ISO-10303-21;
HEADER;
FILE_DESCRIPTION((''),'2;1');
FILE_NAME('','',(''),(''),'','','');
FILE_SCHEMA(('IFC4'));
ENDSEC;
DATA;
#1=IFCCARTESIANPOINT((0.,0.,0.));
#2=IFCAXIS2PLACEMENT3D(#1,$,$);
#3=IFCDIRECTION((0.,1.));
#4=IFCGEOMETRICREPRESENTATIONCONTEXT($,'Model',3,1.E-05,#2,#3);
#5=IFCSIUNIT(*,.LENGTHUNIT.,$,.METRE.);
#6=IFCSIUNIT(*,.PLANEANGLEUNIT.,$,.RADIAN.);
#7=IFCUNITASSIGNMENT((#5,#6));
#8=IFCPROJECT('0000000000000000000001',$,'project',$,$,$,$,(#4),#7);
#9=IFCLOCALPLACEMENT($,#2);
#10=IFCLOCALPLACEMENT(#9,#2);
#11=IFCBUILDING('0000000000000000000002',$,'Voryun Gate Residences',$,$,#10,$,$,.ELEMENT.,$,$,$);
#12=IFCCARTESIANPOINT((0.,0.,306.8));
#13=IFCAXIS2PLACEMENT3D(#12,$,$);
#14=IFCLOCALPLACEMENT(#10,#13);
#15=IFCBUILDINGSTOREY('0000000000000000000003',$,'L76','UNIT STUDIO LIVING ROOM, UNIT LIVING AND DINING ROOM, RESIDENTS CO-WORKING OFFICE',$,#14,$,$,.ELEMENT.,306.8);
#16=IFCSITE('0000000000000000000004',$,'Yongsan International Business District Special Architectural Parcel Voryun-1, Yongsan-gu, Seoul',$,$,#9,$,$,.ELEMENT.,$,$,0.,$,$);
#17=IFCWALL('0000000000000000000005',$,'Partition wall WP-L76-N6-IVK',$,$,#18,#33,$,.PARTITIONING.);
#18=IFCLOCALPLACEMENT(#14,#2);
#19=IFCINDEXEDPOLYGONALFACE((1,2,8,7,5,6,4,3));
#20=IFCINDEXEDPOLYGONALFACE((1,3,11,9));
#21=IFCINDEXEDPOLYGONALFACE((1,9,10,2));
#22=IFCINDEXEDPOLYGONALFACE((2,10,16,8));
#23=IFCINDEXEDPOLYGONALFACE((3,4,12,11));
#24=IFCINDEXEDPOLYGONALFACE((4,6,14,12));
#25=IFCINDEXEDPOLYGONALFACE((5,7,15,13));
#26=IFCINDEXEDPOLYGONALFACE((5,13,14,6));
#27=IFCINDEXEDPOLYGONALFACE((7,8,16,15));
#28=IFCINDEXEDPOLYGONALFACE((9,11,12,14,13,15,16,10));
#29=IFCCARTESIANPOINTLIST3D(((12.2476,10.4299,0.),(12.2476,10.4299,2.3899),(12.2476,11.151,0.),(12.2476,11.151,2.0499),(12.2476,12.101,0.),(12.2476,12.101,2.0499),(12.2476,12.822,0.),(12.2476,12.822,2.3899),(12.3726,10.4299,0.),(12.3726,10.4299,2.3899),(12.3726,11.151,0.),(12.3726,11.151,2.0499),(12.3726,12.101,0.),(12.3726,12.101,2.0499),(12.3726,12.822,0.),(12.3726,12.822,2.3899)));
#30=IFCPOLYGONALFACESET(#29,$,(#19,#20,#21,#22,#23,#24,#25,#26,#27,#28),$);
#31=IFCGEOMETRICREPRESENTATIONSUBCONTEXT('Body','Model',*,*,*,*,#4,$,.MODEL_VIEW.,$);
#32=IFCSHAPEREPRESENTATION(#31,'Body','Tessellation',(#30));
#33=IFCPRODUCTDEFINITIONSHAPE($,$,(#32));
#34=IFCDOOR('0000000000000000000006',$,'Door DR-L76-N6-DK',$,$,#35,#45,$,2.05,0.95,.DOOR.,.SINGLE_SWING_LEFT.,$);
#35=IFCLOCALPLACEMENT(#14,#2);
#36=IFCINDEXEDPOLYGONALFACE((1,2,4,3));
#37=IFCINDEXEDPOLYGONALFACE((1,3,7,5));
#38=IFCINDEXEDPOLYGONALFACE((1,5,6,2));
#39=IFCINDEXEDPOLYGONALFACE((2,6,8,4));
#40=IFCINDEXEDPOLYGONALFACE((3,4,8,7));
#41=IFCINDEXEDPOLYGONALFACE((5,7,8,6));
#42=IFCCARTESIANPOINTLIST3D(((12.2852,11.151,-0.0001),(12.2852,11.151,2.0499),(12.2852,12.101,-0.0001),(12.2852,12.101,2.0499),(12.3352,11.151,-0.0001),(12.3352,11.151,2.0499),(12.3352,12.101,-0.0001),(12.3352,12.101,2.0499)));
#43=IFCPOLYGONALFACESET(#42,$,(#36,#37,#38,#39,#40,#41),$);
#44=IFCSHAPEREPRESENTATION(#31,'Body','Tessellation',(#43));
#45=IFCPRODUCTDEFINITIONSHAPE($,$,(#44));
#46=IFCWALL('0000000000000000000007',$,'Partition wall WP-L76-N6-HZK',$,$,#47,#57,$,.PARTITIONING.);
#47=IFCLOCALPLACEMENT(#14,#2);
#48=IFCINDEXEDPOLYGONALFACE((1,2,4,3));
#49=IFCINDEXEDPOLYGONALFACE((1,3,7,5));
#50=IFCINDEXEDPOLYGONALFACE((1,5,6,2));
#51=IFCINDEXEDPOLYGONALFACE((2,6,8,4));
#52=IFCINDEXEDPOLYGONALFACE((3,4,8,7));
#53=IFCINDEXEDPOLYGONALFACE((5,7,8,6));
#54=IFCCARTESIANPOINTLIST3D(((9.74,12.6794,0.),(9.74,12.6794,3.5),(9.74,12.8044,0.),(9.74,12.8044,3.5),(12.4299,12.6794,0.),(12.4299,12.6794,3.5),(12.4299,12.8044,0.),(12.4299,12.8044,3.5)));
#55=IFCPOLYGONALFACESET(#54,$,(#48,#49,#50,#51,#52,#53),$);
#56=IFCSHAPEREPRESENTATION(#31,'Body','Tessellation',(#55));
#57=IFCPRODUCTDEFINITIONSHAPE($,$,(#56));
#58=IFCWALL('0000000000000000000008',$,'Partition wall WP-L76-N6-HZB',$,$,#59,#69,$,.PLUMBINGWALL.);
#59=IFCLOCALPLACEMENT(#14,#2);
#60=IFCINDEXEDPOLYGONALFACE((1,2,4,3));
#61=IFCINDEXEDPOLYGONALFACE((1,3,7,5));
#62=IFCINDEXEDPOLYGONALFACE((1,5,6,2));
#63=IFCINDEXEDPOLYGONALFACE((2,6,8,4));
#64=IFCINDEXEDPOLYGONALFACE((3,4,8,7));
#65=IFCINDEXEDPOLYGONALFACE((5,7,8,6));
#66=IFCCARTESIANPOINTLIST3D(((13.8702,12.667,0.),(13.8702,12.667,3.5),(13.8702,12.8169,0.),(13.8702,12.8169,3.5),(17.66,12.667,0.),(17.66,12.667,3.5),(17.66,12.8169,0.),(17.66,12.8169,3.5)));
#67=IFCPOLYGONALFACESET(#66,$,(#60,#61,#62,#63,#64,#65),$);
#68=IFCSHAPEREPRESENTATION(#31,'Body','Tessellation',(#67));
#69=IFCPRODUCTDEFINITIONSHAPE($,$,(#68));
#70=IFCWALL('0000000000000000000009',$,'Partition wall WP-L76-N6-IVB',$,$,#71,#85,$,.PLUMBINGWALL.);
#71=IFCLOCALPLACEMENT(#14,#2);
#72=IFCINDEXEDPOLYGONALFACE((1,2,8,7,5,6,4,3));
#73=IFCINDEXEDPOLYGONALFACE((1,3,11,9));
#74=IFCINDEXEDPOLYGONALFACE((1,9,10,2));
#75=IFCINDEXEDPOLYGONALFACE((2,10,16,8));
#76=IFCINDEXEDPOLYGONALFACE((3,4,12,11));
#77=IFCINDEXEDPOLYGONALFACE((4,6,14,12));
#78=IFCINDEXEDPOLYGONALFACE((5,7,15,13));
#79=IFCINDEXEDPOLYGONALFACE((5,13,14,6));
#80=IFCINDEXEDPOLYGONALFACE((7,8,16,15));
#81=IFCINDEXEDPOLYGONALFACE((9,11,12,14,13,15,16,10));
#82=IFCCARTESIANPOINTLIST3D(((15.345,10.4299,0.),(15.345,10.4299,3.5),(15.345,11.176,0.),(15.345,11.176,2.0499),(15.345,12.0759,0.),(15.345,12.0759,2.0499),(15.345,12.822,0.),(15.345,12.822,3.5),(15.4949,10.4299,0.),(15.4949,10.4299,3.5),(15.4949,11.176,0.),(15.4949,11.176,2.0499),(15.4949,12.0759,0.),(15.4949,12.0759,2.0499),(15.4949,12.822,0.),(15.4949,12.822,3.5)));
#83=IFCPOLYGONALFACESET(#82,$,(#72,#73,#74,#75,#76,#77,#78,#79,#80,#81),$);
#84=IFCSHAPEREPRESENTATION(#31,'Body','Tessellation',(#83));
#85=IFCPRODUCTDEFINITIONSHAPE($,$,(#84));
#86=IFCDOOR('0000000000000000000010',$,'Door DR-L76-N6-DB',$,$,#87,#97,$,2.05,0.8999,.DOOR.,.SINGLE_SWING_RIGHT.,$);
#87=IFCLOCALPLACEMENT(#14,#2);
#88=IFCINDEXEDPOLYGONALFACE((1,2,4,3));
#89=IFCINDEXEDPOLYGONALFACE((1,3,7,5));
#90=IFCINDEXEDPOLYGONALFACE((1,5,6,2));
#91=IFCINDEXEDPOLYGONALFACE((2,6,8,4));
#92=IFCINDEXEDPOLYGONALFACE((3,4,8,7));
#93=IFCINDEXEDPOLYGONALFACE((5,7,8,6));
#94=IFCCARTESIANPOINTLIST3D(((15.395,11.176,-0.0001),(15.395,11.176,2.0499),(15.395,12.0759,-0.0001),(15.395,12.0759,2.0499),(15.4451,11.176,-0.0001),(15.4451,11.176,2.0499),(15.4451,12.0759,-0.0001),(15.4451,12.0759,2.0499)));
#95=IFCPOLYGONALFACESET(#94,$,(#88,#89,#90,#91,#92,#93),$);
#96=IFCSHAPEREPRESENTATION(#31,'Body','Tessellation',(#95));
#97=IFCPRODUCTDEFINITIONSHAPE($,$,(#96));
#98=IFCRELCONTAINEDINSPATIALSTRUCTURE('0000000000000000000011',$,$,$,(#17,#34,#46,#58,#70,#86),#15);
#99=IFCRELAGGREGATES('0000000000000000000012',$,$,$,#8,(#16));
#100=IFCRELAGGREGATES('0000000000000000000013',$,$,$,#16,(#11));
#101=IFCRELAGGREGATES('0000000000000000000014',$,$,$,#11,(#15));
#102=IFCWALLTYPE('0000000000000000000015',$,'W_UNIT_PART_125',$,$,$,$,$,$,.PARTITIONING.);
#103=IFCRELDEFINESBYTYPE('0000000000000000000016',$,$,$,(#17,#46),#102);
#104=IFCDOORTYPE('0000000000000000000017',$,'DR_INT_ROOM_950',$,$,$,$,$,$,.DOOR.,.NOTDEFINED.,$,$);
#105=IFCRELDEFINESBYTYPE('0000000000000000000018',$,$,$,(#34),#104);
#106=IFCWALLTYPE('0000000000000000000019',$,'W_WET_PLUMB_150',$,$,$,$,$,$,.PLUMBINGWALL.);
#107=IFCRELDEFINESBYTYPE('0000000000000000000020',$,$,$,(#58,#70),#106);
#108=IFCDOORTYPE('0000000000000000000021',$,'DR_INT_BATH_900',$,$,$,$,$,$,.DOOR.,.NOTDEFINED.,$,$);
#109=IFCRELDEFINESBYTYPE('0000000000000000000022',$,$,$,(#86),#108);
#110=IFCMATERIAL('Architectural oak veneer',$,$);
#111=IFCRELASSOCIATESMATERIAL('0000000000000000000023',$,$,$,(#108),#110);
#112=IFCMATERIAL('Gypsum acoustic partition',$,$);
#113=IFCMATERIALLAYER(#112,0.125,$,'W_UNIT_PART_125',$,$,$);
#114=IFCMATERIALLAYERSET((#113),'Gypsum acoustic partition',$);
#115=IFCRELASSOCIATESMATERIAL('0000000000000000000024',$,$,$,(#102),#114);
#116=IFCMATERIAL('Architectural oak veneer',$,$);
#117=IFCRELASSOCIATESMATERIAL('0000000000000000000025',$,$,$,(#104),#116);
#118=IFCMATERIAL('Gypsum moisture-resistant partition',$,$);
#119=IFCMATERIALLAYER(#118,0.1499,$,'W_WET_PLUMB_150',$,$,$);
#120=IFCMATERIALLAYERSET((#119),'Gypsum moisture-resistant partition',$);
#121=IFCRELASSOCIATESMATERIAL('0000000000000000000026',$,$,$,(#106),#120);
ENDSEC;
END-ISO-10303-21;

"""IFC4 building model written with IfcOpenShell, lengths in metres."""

from ifc_helpers import new_model, si_unit, direction, frame, frame_2d, origin, place, context, subcontext, project, spatial, rectangle, extrude, material, layer, layer_set, type_object, element, fill, save


model = new_model("IFC4")

# Units and contexts
model_context = context("Model", 3, precision=1e-05, world=origin(), true_north=direction((0.0, 1.0)))
body_context = subcontext(model_context, "Body", "Model", "MODEL_VIEW")
ifc_project = project(units=[si_unit("LENGTHUNIT", "METRE"), si_unit("PLANEANGLEUNIT", "RADIAN")], contexts=[model_context])

# Site, building, storey
site_placement = place(None, origin())
site = spatial("IfcSite", under=ifc_project, at=site_placement, Name="Yongsan International Business District Special Architectural Parcel Voryun-1, Yongsan-gu, Seoul", CompositionType="ELEMENT", RefElevation=0.0)
building_placement = place(site_placement, origin())
building = spatial("IfcBuilding", under=site, at=building_placement, Name="Voryun Gate Residences", CompositionType="ELEMENT")
storey_placement = place(building_placement, frame((0.0, 0.0, 306.8)))
storey = spatial("IfcBuildingStorey", under=building, at=storey_placement, Name="L76", Description="UNIT STUDIO LIVING ROOM, UNIT LIVING AND DINING ROOM, RESIDENTS CO-WORKING OFFICE", CompositionType="ELEMENT", Elevation=306.8)

# Shared definitions
ifc_material_1 = material(Name="Architectural oak veneer")
door_type_1 = type_object("IfcDoorType", Name="DR_INT_BATH_900", OperationType="NOTDEFINED", PredefinedType="DOOR", material=ifc_material_1)

# Wall, opening, door
ifc_material_2 = material(Name="Gypsum acoustic partition")
ifc_layer_1 = layer(ifc_material_2, 0.125, Name="W_UNIT_PART_125")
ifc_layer_set_1 = layer_set([ifc_layer_1], Name="Gypsum acoustic partition")
wall_type_1 = type_object("IfcWallType", Name="W_UNIT_PART_125", PredefinedType="PARTITIONING", material=ifc_layer_set_1)
wall_1_placement = place(storey_placement, frame((12.3101, 10.4299, 0.0), z_axis=(0.0, 0.0, 1.0), x_axis=(0.0, 1.0, 0.0)))
wall_1 = element("IfcWall", 1, at=wall_1_placement, inside=storey, type_object=wall_type_1, Name="Partition wall WP-L76-N6-IVK", PredefinedType="PARTITIONING", context=body_context, shape_type="SweptSolid", body=[
    extrude(rectangle(XDim=2.3921, YDim=0.125, at=frame_2d((1.196, 0.0))), origin(), (0.0, 0.0, 1.0), 2.3899),
])
opening_1_placement = place(wall_1_placement, frame((0.7209, 0.0, 0.0)))
opening_1 = element("IfcOpeningElement", 2, at=opening_1_placement, cuts=wall_1, PredefinedType="OPENING", context=body_context, shape_type="SweptSolid", body=[
    extrude(rectangle(XDim=0.95, YDim=2.05, at=frame_2d((0.4751, 1.0249))), frame((0.0, 0.0725, 0.0), z_axis=(0.0, -1.0, 0.0), x_axis=(1.0, 0.0, 0.0)), (0.0, 0.0, 1.0), 0.145),
])
ifc_material_3 = material(Name="Architectural oak veneer")
door_type_2 = type_object("IfcDoorType", Name="DR_INT_ROOM_950", OperationType="NOTDEFINED", PredefinedType="DOOR", material=ifc_material_3)
door_1_placement = place(opening_1_placement, origin())
door_1 = element("IfcDoor", 3, at=door_1_placement, inside=storey, type_object=door_type_2, Name="Door DR-L76-N6-DK", OperationType="SINGLE_SWING_LEFT", OverallHeight=2.05, OverallWidth=0.95, PredefinedType="DOOR", context=body_context, shape_type="SweptSolid", body=[
    extrude(rectangle(XDim=0.95, YDim=2.05, at=frame_2d((0.4751, 1.0249))), frame((0.0, 0.0249, 0.0), z_axis=(0.0, -1.0, 0.0), x_axis=(1.0, 0.0, 0.0)), (0.0, 0.0, 1.0), 0.05),
])
fill(opening_1, door_1)

# Walls
wall_2_placement = place(storey_placement, frame((9.74, 12.7419, 0.0), z_axis=(0.0, 0.0, 1.0), x_axis=(1.0, 0.0, 0.0)))
element("IfcWall", 4, at=wall_2_placement, inside=storey, type_object=wall_type_1, Name="Partition wall WP-L76-N6-HZK", PredefinedType="PARTITIONING", context=body_context, shape_type="SweptSolid", body=[
    extrude(rectangle(XDim=2.6899, YDim=0.125, at=frame_2d((1.345, 0.0))), origin(), (0.0, 0.0, 1.0), 3.5),
])
ifc_material_4 = material(Name="Gypsum moisture-resistant partition")
ifc_layer_2 = layer(ifc_material_4, 0.1499, Name="W_WET_PLUMB_150")
ifc_layer_set_2 = layer_set([ifc_layer_2], Name="Gypsum moisture-resistant partition")
wall_type_2 = type_object("IfcWallType", Name="W_WET_PLUMB_150", PredefinedType="PLUMBINGWALL", material=ifc_layer_set_2)
wall_3_placement = place(storey_placement, frame((13.8701, 12.7419, 0.0), z_axis=(0.0, 0.0, 1.0), x_axis=(1.0, 0.0, 0.0)))
element("IfcWall", 5, at=wall_3_placement, inside=storey, type_object=wall_type_2, Name="Partition wall WP-L76-N6-HZB", PredefinedType="PLUMBINGWALL", context=body_context, shape_type="SweptSolid", body=[
    extrude(rectangle(XDim=3.7898, YDim=0.1499, at=frame_2d((1.895, 0.0))), origin(), (0.0, 0.0, 1.0), 3.5),
])

# Wall, opening, door
wall_4_placement = place(storey_placement, frame((15.4199, 10.4299, 0.0), z_axis=(0.0, 0.0, 1.0), x_axis=(0.0, 1.0, 0.0)))
wall_4 = element("IfcWall", 6, at=wall_4_placement, inside=storey, type_object=wall_type_2, Name="Partition wall WP-L76-N6-IVB", PredefinedType="PLUMBINGWALL", context=body_context, shape_type="SweptSolid", body=[
    extrude(rectangle(XDim=2.3921, YDim=0.1499, at=frame_2d((1.196, 0.0))), origin(), (0.0, 0.0, 1.0), 3.5),
])
opening_2_placement = place(wall_4_placement, frame((0.7461, 0.0, 0.0)))
opening_2 = element("IfcOpeningElement", 7, at=opening_2_placement, cuts=wall_4, PredefinedType="OPENING", context=body_context, shape_type="SweptSolid", body=[
    extrude(rectangle(XDim=0.8999, YDim=2.05, at=frame_2d((0.45, 1.0249))), frame((0.0, 0.085, 0.0), z_axis=(0.0, -1.0, 0.0), x_axis=(1.0, 0.0, 0.0)), (0.0, 0.0, 1.0), 0.1699),
])
door_2_placement = place(opening_2_placement, origin())
door_2 = element("IfcDoor", 8, at=door_2_placement, inside=storey, type_object=door_type_1, Name="Door DR-L76-N6-DB", OperationType="SINGLE_SWING_RIGHT", OverallHeight=2.05, OverallWidth=0.8999, PredefinedType="DOOR", context=body_context, shape_type="SweptSolid", body=[
    extrude(rectangle(XDim=0.8999, YDim=2.05, at=frame_2d((0.45, 1.0249))), frame((0.0, 0.0249, 0.0), z_axis=(0.0, -1.0, 0.0), x_axis=(1.0, 0.0, 0.0)), (0.0, 0.0, 1.0), 0.05),
])
fill(opening_2, door_2)

save(model, "model.ifc")
